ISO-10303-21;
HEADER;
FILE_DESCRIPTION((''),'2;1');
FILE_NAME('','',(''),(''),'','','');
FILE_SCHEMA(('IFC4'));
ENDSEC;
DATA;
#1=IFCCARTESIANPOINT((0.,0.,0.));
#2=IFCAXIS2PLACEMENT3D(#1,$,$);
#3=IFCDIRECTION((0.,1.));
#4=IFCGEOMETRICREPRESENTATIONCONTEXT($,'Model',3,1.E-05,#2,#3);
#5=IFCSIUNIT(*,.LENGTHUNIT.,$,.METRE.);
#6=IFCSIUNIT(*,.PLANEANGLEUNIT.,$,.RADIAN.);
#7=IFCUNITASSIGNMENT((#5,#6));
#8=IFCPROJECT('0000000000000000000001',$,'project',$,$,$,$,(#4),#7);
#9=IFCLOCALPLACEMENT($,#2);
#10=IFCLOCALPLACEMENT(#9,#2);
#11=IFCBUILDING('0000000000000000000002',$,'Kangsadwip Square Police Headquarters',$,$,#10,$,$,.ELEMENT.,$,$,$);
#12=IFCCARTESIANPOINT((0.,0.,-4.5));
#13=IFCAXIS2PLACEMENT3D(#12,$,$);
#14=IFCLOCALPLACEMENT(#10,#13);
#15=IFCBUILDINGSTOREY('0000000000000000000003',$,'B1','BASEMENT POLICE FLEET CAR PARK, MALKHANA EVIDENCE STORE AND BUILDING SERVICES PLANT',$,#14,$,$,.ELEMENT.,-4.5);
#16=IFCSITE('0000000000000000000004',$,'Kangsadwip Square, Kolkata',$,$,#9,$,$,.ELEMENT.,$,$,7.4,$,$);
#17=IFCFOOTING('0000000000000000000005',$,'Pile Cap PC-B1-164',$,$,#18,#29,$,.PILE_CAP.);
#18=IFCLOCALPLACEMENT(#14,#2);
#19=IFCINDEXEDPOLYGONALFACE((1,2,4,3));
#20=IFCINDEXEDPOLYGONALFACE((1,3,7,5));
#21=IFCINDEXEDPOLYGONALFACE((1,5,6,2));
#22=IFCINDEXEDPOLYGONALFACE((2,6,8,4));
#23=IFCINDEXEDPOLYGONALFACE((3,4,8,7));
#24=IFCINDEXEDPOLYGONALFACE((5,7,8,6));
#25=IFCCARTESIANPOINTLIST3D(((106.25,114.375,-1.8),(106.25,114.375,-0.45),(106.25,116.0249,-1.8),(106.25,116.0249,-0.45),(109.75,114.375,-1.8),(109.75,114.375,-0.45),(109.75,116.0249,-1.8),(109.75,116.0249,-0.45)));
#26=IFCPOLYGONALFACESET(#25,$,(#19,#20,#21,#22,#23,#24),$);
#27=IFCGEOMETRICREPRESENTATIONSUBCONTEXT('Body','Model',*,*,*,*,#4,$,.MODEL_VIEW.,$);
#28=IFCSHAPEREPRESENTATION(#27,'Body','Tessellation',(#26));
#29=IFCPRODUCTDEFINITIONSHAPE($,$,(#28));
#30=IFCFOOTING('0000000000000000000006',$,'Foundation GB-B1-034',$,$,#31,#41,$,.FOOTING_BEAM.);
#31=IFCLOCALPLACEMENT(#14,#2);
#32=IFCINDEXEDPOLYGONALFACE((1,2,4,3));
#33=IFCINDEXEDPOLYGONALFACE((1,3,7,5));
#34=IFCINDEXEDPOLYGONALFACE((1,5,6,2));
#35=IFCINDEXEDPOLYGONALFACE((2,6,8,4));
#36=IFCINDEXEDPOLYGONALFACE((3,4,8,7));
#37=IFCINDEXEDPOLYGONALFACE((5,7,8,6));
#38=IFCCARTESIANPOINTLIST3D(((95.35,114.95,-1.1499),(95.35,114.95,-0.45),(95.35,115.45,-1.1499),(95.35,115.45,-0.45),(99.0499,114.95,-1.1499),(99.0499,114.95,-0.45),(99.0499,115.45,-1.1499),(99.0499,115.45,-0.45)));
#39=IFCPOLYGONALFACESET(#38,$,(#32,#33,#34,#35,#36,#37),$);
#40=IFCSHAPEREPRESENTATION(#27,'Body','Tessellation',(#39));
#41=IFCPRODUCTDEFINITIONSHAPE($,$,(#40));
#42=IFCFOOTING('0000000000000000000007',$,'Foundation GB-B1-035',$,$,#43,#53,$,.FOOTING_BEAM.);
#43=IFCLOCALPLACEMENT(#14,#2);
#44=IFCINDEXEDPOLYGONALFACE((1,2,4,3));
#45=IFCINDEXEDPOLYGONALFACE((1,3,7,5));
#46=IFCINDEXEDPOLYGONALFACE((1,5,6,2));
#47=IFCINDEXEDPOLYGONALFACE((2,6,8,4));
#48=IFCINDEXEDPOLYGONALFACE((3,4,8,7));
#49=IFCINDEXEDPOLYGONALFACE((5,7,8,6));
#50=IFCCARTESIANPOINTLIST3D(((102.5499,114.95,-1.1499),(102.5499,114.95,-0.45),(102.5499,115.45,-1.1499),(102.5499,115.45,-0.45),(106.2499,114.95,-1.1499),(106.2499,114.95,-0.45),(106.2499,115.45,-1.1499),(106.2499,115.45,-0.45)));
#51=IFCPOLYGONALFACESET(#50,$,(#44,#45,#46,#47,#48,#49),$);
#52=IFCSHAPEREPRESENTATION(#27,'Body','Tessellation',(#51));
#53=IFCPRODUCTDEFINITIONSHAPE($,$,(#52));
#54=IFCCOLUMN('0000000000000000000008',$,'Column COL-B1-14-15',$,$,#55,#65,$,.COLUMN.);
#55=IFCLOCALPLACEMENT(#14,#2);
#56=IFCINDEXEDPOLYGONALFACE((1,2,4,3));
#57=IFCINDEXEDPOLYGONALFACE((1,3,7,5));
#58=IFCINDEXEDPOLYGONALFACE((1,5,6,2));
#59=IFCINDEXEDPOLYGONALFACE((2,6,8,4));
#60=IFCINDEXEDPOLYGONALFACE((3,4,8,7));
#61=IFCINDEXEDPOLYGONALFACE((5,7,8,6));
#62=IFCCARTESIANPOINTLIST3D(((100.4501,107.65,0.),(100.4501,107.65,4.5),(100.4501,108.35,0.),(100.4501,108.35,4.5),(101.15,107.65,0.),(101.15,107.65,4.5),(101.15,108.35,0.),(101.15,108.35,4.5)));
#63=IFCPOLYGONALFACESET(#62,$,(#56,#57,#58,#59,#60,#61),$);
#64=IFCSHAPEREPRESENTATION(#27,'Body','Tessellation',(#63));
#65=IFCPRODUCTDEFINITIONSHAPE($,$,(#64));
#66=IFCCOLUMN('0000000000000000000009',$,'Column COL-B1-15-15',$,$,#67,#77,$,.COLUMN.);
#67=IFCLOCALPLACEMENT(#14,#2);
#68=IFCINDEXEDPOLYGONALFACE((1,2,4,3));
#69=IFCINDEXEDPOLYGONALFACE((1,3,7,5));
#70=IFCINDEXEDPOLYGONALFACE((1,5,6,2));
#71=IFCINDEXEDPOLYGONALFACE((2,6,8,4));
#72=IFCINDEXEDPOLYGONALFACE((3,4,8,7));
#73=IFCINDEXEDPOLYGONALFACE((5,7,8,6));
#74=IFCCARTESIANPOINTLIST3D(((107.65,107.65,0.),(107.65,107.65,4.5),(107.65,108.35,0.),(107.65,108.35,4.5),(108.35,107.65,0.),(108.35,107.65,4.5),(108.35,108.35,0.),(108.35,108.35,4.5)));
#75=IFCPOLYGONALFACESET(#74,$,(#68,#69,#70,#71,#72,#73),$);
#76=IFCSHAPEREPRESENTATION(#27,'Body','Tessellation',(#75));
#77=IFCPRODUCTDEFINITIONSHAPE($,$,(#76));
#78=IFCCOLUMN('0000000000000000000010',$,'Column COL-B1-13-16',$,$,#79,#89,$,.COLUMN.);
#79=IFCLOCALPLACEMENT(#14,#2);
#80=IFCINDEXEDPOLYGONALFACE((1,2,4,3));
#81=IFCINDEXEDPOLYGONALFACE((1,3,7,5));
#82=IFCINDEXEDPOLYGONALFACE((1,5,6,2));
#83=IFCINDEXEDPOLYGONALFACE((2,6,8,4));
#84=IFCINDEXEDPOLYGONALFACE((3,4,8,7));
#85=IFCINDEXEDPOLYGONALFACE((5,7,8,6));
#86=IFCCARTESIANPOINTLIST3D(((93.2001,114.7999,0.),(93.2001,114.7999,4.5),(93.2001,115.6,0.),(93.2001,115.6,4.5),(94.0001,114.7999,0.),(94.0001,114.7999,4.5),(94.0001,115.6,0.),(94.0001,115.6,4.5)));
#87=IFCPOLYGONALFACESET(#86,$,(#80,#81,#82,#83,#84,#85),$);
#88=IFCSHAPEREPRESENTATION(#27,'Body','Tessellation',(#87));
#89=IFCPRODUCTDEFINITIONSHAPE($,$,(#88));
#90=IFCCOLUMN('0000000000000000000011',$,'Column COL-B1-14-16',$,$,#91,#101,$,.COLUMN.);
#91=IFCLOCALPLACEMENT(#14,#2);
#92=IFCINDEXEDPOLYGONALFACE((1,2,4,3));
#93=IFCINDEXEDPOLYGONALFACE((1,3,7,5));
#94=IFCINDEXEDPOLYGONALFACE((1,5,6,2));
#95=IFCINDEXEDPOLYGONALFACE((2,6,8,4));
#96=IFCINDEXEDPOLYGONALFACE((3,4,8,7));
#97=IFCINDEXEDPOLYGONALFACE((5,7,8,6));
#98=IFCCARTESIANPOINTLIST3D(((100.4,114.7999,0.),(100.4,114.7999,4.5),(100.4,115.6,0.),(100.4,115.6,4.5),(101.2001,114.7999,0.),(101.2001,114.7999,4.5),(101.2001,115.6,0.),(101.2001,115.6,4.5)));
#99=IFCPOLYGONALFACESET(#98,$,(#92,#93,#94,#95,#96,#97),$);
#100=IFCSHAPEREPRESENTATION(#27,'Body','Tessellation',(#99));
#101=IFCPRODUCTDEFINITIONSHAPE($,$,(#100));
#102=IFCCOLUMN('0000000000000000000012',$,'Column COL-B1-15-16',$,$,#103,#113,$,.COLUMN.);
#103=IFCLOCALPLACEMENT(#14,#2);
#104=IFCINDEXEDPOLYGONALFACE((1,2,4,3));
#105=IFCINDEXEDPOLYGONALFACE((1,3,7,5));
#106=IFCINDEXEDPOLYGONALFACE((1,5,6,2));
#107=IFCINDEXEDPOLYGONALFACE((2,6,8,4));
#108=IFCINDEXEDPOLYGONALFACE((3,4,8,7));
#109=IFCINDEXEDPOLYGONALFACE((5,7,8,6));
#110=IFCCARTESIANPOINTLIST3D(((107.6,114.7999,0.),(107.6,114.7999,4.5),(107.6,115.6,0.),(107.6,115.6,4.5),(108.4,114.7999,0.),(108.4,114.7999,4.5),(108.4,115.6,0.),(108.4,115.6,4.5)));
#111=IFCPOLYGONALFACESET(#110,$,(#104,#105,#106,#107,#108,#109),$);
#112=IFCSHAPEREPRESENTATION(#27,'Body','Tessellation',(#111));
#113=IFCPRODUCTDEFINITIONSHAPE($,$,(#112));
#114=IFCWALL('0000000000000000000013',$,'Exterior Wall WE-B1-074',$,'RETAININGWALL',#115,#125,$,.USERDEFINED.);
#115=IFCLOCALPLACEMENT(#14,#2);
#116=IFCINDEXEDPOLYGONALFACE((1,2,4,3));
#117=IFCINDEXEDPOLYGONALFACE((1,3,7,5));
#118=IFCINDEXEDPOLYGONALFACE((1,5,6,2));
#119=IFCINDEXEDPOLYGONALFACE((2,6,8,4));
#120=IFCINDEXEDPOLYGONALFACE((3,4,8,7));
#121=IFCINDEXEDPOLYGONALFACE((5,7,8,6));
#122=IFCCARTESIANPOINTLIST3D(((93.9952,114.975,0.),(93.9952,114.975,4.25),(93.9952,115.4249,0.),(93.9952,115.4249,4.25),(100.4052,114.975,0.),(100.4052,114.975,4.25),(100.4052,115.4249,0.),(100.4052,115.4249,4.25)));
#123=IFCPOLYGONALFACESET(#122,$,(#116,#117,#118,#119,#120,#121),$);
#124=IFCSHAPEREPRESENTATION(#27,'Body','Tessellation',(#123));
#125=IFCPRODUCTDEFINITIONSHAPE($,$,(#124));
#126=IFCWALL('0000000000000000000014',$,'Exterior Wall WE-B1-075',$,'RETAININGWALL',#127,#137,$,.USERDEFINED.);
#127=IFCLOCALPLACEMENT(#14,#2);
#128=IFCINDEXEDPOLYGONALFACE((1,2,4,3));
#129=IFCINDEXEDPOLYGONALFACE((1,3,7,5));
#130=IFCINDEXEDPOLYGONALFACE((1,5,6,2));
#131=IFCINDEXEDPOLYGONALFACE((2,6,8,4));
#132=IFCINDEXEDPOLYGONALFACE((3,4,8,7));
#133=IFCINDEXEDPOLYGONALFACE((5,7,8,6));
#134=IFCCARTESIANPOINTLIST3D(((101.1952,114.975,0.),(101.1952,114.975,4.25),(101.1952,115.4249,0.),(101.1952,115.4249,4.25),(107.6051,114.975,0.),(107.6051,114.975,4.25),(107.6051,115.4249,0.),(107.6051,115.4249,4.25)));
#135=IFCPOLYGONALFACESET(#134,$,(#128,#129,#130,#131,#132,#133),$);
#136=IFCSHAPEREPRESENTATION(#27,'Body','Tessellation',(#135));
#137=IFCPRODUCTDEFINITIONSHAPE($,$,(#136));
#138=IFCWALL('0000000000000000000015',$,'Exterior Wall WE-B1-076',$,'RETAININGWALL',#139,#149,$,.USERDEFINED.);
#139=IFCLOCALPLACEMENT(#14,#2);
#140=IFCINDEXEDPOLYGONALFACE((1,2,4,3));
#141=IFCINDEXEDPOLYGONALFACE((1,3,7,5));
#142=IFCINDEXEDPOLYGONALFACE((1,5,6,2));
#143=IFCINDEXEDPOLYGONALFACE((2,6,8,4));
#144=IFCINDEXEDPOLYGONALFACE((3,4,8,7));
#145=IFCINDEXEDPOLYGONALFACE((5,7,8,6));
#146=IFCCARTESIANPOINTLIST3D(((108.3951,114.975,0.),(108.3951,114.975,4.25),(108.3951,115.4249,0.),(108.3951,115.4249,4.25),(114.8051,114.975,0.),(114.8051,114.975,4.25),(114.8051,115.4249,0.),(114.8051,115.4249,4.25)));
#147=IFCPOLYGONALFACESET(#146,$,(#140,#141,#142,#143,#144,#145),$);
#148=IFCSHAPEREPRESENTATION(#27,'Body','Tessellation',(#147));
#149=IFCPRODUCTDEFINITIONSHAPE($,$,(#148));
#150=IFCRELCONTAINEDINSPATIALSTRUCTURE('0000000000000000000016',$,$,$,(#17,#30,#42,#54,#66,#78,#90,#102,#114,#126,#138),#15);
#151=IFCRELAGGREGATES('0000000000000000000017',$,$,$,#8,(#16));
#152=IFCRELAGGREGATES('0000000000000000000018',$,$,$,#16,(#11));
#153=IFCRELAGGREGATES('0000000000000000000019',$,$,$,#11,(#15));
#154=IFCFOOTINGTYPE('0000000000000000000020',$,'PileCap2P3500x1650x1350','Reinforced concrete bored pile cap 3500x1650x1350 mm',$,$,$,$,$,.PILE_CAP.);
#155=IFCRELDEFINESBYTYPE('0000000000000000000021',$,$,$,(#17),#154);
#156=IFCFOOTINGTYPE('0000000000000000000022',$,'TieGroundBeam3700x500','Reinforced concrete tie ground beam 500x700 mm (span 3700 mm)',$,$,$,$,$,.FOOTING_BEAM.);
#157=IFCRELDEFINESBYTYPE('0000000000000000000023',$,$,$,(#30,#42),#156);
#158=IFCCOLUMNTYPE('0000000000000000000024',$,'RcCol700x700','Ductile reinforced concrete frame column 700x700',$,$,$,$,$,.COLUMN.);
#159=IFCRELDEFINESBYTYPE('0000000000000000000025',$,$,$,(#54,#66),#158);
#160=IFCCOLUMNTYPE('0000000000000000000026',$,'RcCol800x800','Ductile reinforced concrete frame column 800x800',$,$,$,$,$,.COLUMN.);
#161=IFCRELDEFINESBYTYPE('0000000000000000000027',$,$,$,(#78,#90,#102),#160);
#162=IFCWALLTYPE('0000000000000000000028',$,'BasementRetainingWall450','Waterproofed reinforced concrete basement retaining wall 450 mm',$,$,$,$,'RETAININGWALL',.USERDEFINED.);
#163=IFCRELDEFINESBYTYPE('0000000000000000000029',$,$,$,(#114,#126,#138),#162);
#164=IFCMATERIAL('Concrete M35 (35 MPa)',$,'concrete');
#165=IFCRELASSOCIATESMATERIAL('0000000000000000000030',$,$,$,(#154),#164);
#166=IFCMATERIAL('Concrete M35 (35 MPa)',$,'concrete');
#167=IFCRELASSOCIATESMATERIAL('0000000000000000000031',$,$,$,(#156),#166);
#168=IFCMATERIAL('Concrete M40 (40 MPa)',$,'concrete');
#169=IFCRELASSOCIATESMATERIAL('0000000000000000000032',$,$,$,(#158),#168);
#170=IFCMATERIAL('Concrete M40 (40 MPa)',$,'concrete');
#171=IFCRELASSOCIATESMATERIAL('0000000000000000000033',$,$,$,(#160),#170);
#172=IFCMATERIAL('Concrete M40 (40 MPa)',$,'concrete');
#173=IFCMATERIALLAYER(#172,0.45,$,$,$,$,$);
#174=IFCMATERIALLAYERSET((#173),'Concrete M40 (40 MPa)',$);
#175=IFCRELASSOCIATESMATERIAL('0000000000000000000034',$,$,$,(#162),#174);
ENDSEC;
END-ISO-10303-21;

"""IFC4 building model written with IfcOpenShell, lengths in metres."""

from ifc_helpers import new_model, si_unit, direction, frame, frame_2d, origin, origin_2d, place, context, subcontext, project, spatial, rectangle, extrude, material, layer, layer_set, material_profile, profile_set, type_object, element, save


model = new_model("IFC4")

# Units and contexts
model_context = context("Model", 3, precision=1e-05, world=origin(), true_north=direction((0.0, 1.0)))
body_context = subcontext(model_context, "Body", "Model", "MODEL_VIEW")
ifc_project = project(units=[si_unit("LENGTHUNIT", "METRE"), si_unit("PLANEANGLEUNIT", "RADIAN")], contexts=[model_context])

# Site, building, storey
site_placement = place(None, origin())
site = spatial("IfcSite", under=ifc_project, at=site_placement, Name="Kangsadwip Square, Kolkata", CompositionType="ELEMENT", RefElevation=7.4)
building_placement = place(site_placement, origin())
building = spatial("IfcBuilding", under=site, at=building_placement, Name="Kangsadwip Square Police Headquarters", CompositionType="ELEMENT")
storey_placement = place(building_placement, frame((0.0, 0.0, -4.5)))
storey = spatial("IfcBuildingStorey", under=building, at=storey_placement, Name="B1", Description="BASEMENT POLICE FLEET CAR PARK, MALKHANA EVIDENCE STORE AND BUILDING SERVICES PLANT", CompositionType="ELEMENT", Elevation=-4.5)

# Footings
ifc_material_1 = material(Name="Concrete M35 (35 MPa)", Category="concrete")
footing_type_1 = type_object("IfcFootingType", Name="PileCap2P3500x1650x1350", Description="Reinforced concrete bored pile cap 3500x1650x1350 mm", PredefinedType="PILE_CAP", material=ifc_material_1)
for number, where, z_axis, x_axis, name in (
    (1, (108.0, 115.2, -1.8), (0.0, 0.0, 1.0), (1.0, 0.0, 0.0), "Pile Cap PC-B1-164"),
):
    element("IfcFooting", number, at=place(storey_placement, frame(where, z_axis=z_axis, x_axis=x_axis)), inside=storey, type_object=footing_type_1, Name=name, PredefinedType="PILE_CAP", context=body_context, shape_type="SweptSolid", body=[
        extrude(rectangle(XDim=3.5, YDim=1.6499, at=origin_2d()), origin(), (0.0, 0.0, 1.0), 1.3501),
    ])
ifc_material_2 = material(Name="Concrete M35 (35 MPa)", Category="concrete")
footing_type_2 = type_object("IfcFootingType", Name="TieGroundBeam3700x500", Description="Reinforced concrete tie ground beam 500x700 mm (span 3700 mm)", PredefinedType="FOOTING_BEAM", material=ifc_material_2)
for number, where, z_axis, x_axis, name in (
    (2, (97.2, 115.2, -1.1499), (0.0, 0.0, 1.0), (1.0, 0.0, 0.0), "Foundation GB-B1-034"),
    (3, (104.3999, 115.2, -1.1499), (0.0, 0.0, 1.0), (1.0, 0.0, 0.0), "Foundation GB-B1-035"),
):
    element("IfcFooting", number, at=place(storey_placement, frame(where, z_axis=z_axis, x_axis=x_axis)), inside=storey, type_object=footing_type_2, Name=name, PredefinedType="FOOTING_BEAM", context=body_context, shape_type="SweptSolid", body=[
        extrude(rectangle(XDim=3.7, YDim=0.5, at=origin_2d()), origin(), (0.0, 0.0, 1.0), 0.7),
    ])

# Columns
ifc_material_3 = material(Name="Concrete M40 (40 MPa)", Category="concrete")
ifc_material_profile_1 = material_profile(ifc_material_3, rectangle(XDim=0.7, YDim=0.7, at=origin_2d()), Name="RC COL 700X700")
ifc_profile_set_1 = profile_set([ifc_material_profile_1], Name="Concrete M40 (40 MPa)")
column_type_1 = type_object("IfcColumnType", Name="RcCol700x700", Description="Ductile reinforced concrete frame column 700x700", PredefinedType="COLUMN", material=ifc_profile_set_1)
for number, where, z_axis, x_axis, name in (
    (4, (100.8, 108.0, 0.0), (0.0, 0.0, 1.0), (1.0, 0.0, 0.0), "Column COL-B1-14-15"),
    (5, (108.0, 108.0, 0.0), (0.0, 0.0, 1.0), (1.0, 0.0, 0.0), "Column COL-B1-15-15"),
):
    element("IfcColumn", number, at=place(storey_placement, frame(where, z_axis=z_axis, x_axis=x_axis)), inside=storey, type_object=column_type_1, Name=name, PredefinedType="COLUMN", context=body_context, shape_type="SweptSolid", body=[
        extrude(rectangle(XDim=0.7, YDim=0.7, at=origin_2d()), origin(), (0.0, 0.0, 1.0), 4.5),
    ])
ifc_material_4 = material(Name="Concrete M40 (40 MPa)", Category="concrete")
ifc_material_profile_2 = material_profile(ifc_material_4, rectangle(XDim=0.8, YDim=0.8, at=origin_2d()), Name="RC COL 800X800")
ifc_profile_set_2 = profile_set([ifc_material_profile_2], Name="Concrete M40 (40 MPa)")
column_type_2 = type_object("IfcColumnType", Name="RcCol800x800", Description="Ductile reinforced concrete frame column 800x800", PredefinedType="COLUMN", material=ifc_profile_set_2)
for number, where, z_axis, x_axis, name in (
    (6, (93.6001, 115.2, 0.0), (0.0, 0.0, 1.0), (1.0, 0.0, 0.0), "Column COL-B1-13-16"),
    (7, (100.8, 115.2, 0.0), (0.0, 0.0, 1.0), (1.0, 0.0, 0.0), "Column COL-B1-14-16"),
    (8, (108.0, 115.2, 0.0), (0.0, 0.0, 1.0), (1.0, 0.0, 0.0), "Column COL-B1-15-16"),
):
    element("IfcColumn", number, at=place(storey_placement, frame(where, z_axis=z_axis, x_axis=x_axis)), inside=storey, type_object=column_type_2, Name=name, PredefinedType="COLUMN", context=body_context, shape_type="SweptSolid", body=[
        extrude(rectangle(XDim=0.8, YDim=0.8, at=origin_2d()), origin(), (0.0, 0.0, 1.0), 4.5),
    ])

# Walls
ifc_material_5 = material(Name="Concrete M40 (40 MPa)", Category="concrete")
ifc_layer = layer(ifc_material_5, 0.45)
ifc_layer_set = layer_set([ifc_layer], Name="Concrete M40 (40 MPa)")
wall_type = type_object("IfcWallType", Name="BasementRetainingWall450", Description="Waterproofed reinforced concrete basement retaining wall 450 mm", ElementType="RETAININGWALL", PredefinedType="USERDEFINED", material=ifc_layer_set)
for number, where, z_axis, x_axis, name in (
    (9, (93.9951, 115.2, 0.0), (0.0, 0.0, 1.0), (1.0, 0.0, 0.0), "Exterior Wall WE-B1-074"),
    (10, (101.1951, 115.2, 0.0), (0.0, 0.0, 1.0), (1.0, 0.0, 0.0), "Exterior Wall WE-B1-075"),
    (11, (108.395, 115.2, 0.0), (0.0, 0.0, 1.0), (1.0, 0.0, 0.0), "Exterior Wall WE-B1-076"),
):
    element("IfcWall", number, at=place(storey_placement, frame(where, z_axis=z_axis, x_axis=x_axis)), inside=storey, type_object=wall_type, Name=name, ObjectType="RETAININGWALL", PredefinedType="USERDEFINED", context=body_context, shape_type="SweptSolid", body=[
        extrude(rectangle(XDim=6.4099, YDim=0.45, at=frame_2d((3.2051, 0.0))), origin(), (0.0, 0.0, 1.0), 4.25),
    ])

save(model, "model.ifc")
